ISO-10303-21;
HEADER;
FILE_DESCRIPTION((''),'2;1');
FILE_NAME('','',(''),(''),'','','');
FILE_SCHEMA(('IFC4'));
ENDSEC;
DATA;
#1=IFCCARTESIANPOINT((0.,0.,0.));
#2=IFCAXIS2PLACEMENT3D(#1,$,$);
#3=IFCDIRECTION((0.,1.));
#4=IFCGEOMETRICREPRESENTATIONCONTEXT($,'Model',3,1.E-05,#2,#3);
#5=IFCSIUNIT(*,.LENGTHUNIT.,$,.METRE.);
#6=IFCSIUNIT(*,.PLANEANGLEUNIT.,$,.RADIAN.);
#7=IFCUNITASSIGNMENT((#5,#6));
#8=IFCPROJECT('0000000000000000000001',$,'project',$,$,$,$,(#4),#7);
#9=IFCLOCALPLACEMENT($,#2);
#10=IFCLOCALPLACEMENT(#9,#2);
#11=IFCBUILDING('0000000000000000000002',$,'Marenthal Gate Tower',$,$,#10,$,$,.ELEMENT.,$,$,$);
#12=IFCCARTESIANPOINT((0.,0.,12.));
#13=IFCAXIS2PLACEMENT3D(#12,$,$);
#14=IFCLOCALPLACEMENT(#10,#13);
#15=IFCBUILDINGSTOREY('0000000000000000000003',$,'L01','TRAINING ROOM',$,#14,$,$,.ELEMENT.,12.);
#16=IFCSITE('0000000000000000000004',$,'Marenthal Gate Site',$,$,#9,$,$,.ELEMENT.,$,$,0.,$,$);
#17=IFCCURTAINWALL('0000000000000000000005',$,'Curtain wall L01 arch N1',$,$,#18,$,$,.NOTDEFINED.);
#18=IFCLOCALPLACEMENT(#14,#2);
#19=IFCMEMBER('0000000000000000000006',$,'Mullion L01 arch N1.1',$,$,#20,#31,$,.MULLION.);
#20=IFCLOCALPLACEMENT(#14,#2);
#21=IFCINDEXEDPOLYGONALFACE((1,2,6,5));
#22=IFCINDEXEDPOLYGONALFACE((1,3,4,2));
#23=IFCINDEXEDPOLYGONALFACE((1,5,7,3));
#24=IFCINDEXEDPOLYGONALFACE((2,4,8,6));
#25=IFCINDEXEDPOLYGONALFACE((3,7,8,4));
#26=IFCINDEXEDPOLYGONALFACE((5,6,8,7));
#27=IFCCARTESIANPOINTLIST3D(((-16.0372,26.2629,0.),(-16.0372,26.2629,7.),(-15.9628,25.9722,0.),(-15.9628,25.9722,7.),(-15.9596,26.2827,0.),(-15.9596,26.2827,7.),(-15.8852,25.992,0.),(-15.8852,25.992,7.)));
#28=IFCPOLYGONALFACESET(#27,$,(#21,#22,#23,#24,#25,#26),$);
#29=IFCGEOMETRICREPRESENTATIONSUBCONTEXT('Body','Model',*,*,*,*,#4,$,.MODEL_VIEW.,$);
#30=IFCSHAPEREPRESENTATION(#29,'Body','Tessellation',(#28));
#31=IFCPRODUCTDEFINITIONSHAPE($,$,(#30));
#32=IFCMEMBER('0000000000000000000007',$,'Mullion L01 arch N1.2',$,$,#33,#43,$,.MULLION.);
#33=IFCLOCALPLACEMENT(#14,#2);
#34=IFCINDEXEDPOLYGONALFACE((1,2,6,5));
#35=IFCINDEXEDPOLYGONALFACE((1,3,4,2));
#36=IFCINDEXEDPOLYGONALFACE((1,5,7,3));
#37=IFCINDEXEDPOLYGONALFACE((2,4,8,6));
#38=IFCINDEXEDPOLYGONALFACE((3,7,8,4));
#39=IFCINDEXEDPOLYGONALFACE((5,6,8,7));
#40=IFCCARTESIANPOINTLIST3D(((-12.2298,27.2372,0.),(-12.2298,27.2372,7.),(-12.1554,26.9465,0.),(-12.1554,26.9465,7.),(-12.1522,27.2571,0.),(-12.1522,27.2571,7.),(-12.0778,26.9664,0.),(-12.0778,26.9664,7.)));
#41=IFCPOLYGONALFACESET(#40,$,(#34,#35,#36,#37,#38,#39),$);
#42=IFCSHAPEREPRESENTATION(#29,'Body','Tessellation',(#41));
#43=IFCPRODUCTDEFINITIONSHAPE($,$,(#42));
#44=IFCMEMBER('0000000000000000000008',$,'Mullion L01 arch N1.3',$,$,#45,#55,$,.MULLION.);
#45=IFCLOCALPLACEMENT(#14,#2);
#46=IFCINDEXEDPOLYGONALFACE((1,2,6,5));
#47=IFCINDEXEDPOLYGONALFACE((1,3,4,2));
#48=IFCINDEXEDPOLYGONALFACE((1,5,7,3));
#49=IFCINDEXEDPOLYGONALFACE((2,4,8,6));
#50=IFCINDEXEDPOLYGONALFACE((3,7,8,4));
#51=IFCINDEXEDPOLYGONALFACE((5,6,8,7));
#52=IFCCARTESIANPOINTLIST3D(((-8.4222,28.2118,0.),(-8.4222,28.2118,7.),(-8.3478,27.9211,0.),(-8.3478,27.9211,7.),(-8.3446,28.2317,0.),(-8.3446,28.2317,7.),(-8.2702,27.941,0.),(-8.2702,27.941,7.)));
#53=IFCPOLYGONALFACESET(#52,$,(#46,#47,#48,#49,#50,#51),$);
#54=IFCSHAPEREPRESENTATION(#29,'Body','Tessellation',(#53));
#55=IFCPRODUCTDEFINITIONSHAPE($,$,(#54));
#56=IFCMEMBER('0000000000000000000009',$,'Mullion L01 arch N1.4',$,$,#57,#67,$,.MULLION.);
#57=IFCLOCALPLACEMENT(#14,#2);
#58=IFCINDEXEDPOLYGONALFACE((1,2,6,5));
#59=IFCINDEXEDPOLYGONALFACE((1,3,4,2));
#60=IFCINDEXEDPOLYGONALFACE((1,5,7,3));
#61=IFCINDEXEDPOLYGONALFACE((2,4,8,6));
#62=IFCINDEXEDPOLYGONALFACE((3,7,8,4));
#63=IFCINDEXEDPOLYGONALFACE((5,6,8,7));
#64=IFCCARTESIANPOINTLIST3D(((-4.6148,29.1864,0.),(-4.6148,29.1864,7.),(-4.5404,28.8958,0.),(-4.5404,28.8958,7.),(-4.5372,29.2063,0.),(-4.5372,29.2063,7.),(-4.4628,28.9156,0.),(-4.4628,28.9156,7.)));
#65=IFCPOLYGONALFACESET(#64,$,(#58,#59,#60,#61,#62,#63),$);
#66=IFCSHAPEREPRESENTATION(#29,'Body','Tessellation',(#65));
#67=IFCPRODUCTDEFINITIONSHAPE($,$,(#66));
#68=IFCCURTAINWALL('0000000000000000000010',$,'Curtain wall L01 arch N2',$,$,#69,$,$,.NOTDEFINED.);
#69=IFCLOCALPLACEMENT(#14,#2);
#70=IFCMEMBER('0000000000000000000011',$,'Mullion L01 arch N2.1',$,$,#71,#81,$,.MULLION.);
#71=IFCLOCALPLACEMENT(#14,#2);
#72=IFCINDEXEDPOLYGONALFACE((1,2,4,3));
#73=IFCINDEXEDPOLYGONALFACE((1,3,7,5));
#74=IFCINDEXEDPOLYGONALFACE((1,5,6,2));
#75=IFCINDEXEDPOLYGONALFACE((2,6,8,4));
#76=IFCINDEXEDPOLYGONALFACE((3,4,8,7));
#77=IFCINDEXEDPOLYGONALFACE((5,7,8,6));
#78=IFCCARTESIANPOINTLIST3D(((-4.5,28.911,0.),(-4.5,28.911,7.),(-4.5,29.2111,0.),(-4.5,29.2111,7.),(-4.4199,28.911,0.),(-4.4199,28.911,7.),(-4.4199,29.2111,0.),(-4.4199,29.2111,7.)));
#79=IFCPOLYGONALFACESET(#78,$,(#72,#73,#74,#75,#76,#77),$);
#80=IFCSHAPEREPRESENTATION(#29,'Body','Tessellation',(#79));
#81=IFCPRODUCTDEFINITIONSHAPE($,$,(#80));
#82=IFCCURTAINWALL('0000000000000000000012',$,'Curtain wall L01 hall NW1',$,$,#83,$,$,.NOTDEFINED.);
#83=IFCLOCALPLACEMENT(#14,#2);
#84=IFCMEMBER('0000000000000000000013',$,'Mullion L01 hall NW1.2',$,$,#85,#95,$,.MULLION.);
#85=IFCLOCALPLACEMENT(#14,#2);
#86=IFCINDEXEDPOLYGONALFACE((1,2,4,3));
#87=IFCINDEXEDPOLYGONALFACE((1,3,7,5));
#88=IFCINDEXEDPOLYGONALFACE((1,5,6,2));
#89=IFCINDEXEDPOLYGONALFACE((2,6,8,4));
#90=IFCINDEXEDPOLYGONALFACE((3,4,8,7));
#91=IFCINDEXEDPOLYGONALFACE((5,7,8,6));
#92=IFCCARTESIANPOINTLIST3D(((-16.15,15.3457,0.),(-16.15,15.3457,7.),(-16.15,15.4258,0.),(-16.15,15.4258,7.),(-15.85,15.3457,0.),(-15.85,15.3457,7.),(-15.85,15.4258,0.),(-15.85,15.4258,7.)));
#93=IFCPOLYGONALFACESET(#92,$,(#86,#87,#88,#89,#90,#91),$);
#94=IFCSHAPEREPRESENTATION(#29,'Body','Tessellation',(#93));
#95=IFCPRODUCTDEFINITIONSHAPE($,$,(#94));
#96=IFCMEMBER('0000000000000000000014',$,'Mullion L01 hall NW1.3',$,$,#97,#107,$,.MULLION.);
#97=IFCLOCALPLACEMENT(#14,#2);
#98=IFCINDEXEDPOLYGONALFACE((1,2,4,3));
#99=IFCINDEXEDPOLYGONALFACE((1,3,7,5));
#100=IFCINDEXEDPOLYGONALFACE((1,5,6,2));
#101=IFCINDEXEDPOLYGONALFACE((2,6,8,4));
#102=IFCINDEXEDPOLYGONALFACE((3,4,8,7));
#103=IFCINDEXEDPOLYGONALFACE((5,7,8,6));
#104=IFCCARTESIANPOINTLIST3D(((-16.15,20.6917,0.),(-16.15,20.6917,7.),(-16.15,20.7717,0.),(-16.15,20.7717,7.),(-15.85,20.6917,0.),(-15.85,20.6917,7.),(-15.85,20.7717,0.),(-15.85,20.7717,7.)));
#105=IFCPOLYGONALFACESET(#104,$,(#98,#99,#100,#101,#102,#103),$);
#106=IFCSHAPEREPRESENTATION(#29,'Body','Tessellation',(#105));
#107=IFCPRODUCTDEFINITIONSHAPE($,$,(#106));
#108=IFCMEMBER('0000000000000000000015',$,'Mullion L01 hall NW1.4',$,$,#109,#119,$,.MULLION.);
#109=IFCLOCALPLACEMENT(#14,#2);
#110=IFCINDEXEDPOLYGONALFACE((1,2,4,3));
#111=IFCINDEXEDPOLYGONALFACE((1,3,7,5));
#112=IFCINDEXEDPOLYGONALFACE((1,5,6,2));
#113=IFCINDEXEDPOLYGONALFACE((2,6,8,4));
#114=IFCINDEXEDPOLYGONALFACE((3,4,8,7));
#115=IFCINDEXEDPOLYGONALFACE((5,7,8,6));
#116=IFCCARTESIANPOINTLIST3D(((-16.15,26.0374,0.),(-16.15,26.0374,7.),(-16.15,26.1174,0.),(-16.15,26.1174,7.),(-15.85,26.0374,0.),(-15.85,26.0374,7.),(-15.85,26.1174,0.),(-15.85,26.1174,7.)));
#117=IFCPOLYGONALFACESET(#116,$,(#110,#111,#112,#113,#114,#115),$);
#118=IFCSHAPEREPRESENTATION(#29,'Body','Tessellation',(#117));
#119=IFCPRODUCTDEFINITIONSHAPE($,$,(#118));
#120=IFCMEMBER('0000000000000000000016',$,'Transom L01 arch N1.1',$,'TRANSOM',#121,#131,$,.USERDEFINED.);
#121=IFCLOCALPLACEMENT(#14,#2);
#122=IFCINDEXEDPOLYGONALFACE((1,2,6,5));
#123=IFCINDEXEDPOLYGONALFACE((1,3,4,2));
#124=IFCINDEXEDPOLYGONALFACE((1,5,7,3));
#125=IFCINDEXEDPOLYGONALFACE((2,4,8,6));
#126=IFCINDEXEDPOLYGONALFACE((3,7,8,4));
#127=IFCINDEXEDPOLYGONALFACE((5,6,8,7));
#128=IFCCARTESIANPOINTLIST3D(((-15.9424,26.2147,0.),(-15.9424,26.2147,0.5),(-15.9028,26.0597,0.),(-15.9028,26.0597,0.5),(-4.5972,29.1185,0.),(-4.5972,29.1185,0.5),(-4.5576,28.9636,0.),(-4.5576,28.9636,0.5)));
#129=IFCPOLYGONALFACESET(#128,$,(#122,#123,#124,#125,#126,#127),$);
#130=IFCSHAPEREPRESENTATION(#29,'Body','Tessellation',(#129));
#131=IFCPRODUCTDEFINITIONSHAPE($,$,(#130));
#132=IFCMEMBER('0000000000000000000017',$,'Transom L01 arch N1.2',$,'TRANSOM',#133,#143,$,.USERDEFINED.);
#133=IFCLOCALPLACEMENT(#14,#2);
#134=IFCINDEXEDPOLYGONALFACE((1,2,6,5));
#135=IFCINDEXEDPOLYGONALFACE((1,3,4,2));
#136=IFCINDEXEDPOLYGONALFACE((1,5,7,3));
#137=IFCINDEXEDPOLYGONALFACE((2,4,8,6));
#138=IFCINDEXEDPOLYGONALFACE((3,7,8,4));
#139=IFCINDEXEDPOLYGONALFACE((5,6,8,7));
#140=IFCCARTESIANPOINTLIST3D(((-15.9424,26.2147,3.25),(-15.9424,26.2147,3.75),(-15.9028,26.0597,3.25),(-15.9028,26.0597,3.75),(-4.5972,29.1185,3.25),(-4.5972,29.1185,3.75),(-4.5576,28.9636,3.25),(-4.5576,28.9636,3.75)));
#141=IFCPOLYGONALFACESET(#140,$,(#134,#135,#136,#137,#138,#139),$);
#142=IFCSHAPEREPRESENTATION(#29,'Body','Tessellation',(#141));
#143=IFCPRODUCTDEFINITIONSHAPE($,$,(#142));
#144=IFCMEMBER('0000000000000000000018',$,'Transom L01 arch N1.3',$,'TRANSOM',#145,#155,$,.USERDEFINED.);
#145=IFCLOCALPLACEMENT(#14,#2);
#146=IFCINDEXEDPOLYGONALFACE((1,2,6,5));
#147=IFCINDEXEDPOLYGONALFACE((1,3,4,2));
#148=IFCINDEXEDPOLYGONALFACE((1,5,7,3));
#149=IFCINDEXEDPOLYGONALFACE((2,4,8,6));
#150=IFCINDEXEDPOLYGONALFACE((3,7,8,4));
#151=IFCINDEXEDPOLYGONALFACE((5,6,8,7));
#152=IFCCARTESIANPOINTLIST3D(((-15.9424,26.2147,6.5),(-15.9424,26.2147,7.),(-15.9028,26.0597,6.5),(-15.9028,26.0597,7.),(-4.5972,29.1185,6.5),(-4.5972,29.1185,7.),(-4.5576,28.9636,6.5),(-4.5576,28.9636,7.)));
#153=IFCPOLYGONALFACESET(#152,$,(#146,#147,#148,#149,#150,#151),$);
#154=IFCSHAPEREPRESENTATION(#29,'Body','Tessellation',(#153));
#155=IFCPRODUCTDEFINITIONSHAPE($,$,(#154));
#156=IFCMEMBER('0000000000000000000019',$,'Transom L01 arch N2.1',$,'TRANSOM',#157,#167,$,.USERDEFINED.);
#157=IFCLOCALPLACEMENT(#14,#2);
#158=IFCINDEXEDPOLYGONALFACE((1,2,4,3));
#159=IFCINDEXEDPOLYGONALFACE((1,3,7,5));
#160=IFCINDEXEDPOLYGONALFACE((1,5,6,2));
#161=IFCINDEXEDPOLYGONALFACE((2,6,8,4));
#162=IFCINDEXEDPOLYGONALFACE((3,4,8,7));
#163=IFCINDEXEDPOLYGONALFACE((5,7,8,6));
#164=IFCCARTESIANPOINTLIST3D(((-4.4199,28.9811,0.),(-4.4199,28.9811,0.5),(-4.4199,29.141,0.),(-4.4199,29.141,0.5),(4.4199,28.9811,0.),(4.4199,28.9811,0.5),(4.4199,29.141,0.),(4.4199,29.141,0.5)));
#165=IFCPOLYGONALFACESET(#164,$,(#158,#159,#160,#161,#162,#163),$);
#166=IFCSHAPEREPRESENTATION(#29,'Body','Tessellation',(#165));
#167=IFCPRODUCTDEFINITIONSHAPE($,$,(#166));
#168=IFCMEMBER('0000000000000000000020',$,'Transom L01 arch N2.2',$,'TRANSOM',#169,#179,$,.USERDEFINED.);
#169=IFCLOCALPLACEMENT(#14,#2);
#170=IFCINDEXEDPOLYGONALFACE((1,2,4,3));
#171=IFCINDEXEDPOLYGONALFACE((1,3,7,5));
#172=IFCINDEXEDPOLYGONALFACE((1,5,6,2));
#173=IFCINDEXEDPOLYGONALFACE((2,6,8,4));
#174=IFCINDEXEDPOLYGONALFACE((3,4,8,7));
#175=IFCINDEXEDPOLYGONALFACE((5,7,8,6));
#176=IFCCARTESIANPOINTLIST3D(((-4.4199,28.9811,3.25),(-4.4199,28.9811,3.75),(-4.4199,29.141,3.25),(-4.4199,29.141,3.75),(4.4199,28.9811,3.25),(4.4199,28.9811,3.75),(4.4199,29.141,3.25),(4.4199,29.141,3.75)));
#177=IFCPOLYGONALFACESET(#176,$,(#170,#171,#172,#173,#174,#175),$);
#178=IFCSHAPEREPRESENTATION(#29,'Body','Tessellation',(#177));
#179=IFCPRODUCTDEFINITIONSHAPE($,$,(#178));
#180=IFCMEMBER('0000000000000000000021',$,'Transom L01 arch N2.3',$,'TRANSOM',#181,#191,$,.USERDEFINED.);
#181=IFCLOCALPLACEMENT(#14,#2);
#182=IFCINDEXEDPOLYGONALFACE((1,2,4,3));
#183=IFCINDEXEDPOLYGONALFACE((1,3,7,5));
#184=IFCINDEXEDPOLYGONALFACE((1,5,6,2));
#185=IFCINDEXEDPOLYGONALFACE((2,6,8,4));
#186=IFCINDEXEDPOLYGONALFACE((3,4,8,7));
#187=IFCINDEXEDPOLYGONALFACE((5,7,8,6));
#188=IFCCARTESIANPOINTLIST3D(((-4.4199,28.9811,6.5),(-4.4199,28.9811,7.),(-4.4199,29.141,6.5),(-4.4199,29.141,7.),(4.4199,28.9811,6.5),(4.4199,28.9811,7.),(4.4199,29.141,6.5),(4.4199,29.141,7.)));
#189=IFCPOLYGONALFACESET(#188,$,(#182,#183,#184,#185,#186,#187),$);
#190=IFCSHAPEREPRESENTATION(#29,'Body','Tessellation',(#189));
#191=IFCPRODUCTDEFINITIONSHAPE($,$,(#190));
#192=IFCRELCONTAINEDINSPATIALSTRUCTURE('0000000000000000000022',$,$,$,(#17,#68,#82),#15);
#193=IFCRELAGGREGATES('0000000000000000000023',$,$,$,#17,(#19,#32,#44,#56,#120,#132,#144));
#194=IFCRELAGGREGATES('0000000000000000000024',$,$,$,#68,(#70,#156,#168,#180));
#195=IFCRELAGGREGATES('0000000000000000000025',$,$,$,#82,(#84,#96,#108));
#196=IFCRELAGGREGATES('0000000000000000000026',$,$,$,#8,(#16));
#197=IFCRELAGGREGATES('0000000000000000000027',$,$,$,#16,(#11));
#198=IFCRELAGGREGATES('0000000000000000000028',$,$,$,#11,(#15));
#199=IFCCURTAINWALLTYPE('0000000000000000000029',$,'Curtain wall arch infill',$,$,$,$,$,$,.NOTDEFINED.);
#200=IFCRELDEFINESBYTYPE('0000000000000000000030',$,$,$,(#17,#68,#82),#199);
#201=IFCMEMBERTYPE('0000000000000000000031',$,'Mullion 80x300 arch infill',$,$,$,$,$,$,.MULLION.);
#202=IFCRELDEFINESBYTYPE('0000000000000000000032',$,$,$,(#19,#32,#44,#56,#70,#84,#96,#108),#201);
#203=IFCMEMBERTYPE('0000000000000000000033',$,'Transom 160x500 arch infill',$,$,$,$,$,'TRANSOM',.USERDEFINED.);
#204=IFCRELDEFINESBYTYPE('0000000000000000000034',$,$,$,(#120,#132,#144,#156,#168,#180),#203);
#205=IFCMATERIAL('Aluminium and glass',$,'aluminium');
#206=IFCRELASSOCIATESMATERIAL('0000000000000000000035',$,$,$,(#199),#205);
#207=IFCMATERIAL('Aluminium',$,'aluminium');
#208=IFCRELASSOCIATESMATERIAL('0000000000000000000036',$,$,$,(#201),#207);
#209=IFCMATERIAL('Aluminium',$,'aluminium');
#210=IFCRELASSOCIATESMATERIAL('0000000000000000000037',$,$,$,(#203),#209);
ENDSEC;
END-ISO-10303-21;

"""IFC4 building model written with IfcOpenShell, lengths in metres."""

from ifc_helpers import new_model, si_unit, direction, frame, origin, origin_2d, place, context, subcontext, project, spatial, rectangle, extrude, material, material_profile, profile_set, type_object, element, aggregate, save


model = new_model("IFC4")

# Units and contexts
model_context = context("Model", 3, precision=1e-05, world=origin(), true_north=direction((0.0, 1.0)))
body_context = subcontext(model_context, "Body", "Model", "MODEL_VIEW")
ifc_project = project(units=[si_unit("LENGTHUNIT", "METRE"), si_unit("PLANEANGLEUNIT", "RADIAN")], contexts=[model_context])

# Site, building, storey
site_placement = place(None, origin())
site = spatial("IfcSite", under=ifc_project, at=site_placement, Name="Marenthal Gate Site", CompositionType="ELEMENT", RefElevation=0.0)
building_placement = place(site_placement, origin())
building = spatial("IfcBuilding", under=site, at=building_placement, Name="Marenthal Gate Tower", CompositionType="ELEMENT")
storey_placement = place(building_placement, frame((0.0, 0.0, 12.0)))
storey = spatial("IfcBuildingStorey", under=building, at=storey_placement, Name="L01", Description="TRAINING ROOM", CompositionType="ELEMENT", Elevation=12.0)

# Curtain wall, members
ifc_material_1 = material(Name="Aluminium and glass", Category="aluminium")
curtain_wall_type = type_object("IfcCurtainWallType", Name="Curtain wall arch infill", PredefinedType="NOTDEFINED", material=ifc_material_1)
curtain_wall_1_placement = place(storey_placement, origin())
curtain_wall_1 = element("IfcCurtainWall", 1, at=curtain_wall_1_placement, inside=storey, type_object=curtain_wall_type, Name="Curtain wall L01 arch N1", PredefinedType="NOTDEFINED")
ifc_material_2 = material(Name="Aluminium", Category="aluminium")
ifc_material_profile_1 = material_profile(ifc_material_2, rectangle(XDim=0.3, YDim=0.0801, at=origin_2d()), Name="80x300 aluminium mullion")
ifc_profile_set_1 = profile_set([ifc_material_profile_1], Name="Aluminium")
member_type_1 = type_object("IfcMemberType", Name="Mullion 80x300 arch infill", PredefinedType="MULLION", material=ifc_profile_set_1)
member_1_placement = place(storey_placement, frame((-15.9612, 26.1274, 0.0), z_axis=(0.0, 0.0, 1.0), x_axis=(-0.247965, 0.968769, 0.0)))
member_1 = element("IfcMember", 2, at=member_1_placement, type_object=member_type_1, Name="Mullion L01 arch N1.1", PredefinedType="MULLION", context=body_context, shape_type="SweptSolid", body=[
    extrude(rectangle(XDim=0.3, YDim=0.0801, at=origin_2d()), origin(), (0.0, 0.0, 1.0), 7.0),
])
member_2_placement = place(storey_placement, frame((-12.1538, 27.1018, 0.0), z_axis=(0.0, 0.0, 1.0), x_axis=(-0.247965, 0.968769, 0.0)))
member_2 = element("IfcMember", 3, at=member_2_placement, type_object=member_type_1, Name="Mullion L01 arch N1.2", PredefinedType="MULLION", context=body_context, shape_type="SweptSolid", body=[
    extrude(rectangle(XDim=0.3, YDim=0.0801, at=origin_2d()), origin(), (0.0, 0.0, 1.0), 7.0),
])
member_3_placement = place(storey_placement, frame((-8.3462, 28.0764, 0.0), z_axis=(0.0, 0.0, 1.0), x_axis=(-0.247965, 0.968769, 0.0)))
member_3 = element("IfcMember", 4, at=member_3_placement, type_object=member_type_1, Name="Mullion L01 arch N1.3", PredefinedType="MULLION", context=body_context, shape_type="SweptSolid", body=[
    extrude(rectangle(XDim=0.3, YDim=0.0801, at=origin_2d()), origin(), (0.0, 0.0, 1.0), 7.0),
])
member_4_placement = place(storey_placement, frame((-4.5388, 29.051, 0.0), z_axis=(0.0, 0.0, 1.0), x_axis=(-0.247965, 0.968769, 0.0)))
member_4 = element("IfcMember", 5, at=member_4_placement, type_object=member_type_1, Name="Mullion L01 arch N1.4", PredefinedType="MULLION", context=body_context, shape_type="SweptSolid", body=[
    extrude(rectangle(XDim=0.3, YDim=0.0801, at=origin_2d()), origin(), (0.0, 0.0, 1.0), 7.0),
])

# Curtain wall, member
curtain_wall_2_placement = place(storey_placement, origin())
curtain_wall_2 = element("IfcCurtainWall", 6, at=curtain_wall_2_placement, inside=storey, type_object=curtain_wall_type, Name="Curtain wall L01 arch N2", PredefinedType="NOTDEFINED")
member_5_placement = place(storey_placement, frame((-4.46, 29.061, 0.0), z_axis=(0.0, 0.0, 1.0), x_axis=(0.0, 1.0, 0.0)))
member_5 = element("IfcMember", 7, at=member_5_placement, type_object=member_type_1, Name="Mullion L01 arch N2.1", PredefinedType="MULLION", context=body_context, shape_type="SweptSolid", body=[
    extrude(rectangle(XDim=0.3, YDim=0.0801, at=origin_2d()), origin(), (0.0, 0.0, 1.0), 7.0),
])

# Curtain wall, members
curtain_wall_3_placement = place(storey_placement, origin())
curtain_wall_3 = element("IfcCurtainWall", 8, at=curtain_wall_3_placement, inside=storey, type_object=curtain_wall_type, Name="Curtain wall L01 hall NW1", PredefinedType="NOTDEFINED")
member_6_placement = place(storey_placement, frame((-16.0, 15.3857, 0.0), z_axis=(0.0, 0.0, 1.0), x_axis=(-1.0, 0.0, 0.0)))
member_6 = element("IfcMember", 9, at=member_6_placement, type_object=member_type_1, Name="Mullion L01 hall NW1.2", PredefinedType="MULLION", context=body_context, shape_type="SweptSolid", body=[
    extrude(rectangle(XDim=0.3, YDim=0.0801, at=origin_2d()), origin(), (0.0, 0.0, 1.0), 7.0),
])
member_7_placement = place(storey_placement, frame((-16.0, 20.7317, 0.0), z_axis=(0.0, 0.0, 1.0), x_axis=(-1.0, 0.0, 0.0)))
member_7 = element("IfcMember", 10, at=member_7_placement, type_object=member_type_1, Name="Mullion L01 hall NW1.3", PredefinedType="MULLION", context=body_context, shape_type="SweptSolid", body=[
    extrude(rectangle(XDim=0.3, YDim=0.0801, at=origin_2d()), origin(), (0.0, 0.0, 1.0), 7.0),
])
member_8_placement = place(storey_placement, frame((-16.0, 26.0774, 0.0), z_axis=(0.0, 0.0, 1.0), x_axis=(-1.0, 0.0, 0.0)))
member_8 = element("IfcMember", 11, at=member_8_placement, type_object=member_type_1, Name="Mullion L01 hall NW1.4", PredefinedType="MULLION", context=body_context, shape_type="SweptSolid", body=[
    extrude(rectangle(XDim=0.3, YDim=0.0801, at=origin_2d()), origin(), (0.0, 0.0, 1.0), 7.0),
])

# Members
ifc_material_3 = material(Name="Aluminium", Category="aluminium")
ifc_material_profile_2 = material_profile(ifc_material_3, rectangle(XDim=0.1599, YDim=0.5, at=origin_2d()), Name="160x500 aluminium transom")
ifc_profile_set_2 = profile_set([ifc_material_profile_2], Name="Aluminium")
member_type_2 = type_object("IfcMemberType", Name="Transom 160x500 arch infill", ElementType="TRANSOM", PredefinedType="USERDEFINED", material=ifc_profile_set_2)
member_9_placement = place(storey_placement, frame((-15.9226, 26.1372, 0.25), z_axis=(0.968771, 0.247957, 0.0), x_axis=(-0.247957, 0.968771, 0.0)))
member_9 = element("IfcMember", 12, at=member_9_placement, type_object=member_type_2, Name="Transom L01 arch N1.1", ObjectType="TRANSOM", PredefinedType="USERDEFINED", context=body_context, shape_type="SweptSolid", body=[
    extrude(rectangle(XDim=0.1599, YDim=0.5, at=origin_2d()), origin(), (0.0, 0.0, 1.0), 11.7109),
])
member_10_placement = place(storey_placement, frame((-15.9226, 26.1372, 3.5), z_axis=(0.968771, 0.247957, 0.0), x_axis=(-0.247957, 0.968771, 0.0)))
member_10 = element("IfcMember", 13, at=member_10_placement, type_object=member_type_2, Name="Transom L01 arch N1.2", ObjectType="TRANSOM", PredefinedType="USERDEFINED", context=body_context, shape_type="SweptSolid", body=[
    extrude(rectangle(XDim=0.1599, YDim=0.5, at=origin_2d()), origin(), (0.0, 0.0, 1.0), 11.7109),
])
member_11_placement = place(storey_placement, frame((-15.9226, 26.1372, 6.75), z_axis=(0.968771, 0.247957, 0.0), x_axis=(-0.247957, 0.968771, 0.0)))
member_11 = element("IfcMember", 14, at=member_11_placement, type_object=member_type_2, Name="Transom L01 arch N1.3", ObjectType="TRANSOM", PredefinedType="USERDEFINED", context=body_context, shape_type="SweptSolid", body=[
    extrude(rectangle(XDim=0.1599, YDim=0.5, at=origin_2d()), origin(), (0.0, 0.0, 1.0), 11.7109),
])
member_12_placement = place(storey_placement, frame((-4.4199, 29.061, 0.25), z_axis=(1.0, 0.0, 0.0), x_axis=(0.0, 1.0, 0.0)))
member_12 = element("IfcMember", 15, at=member_12_placement, type_object=member_type_2, Name="Transom L01 arch N2.1", ObjectType="TRANSOM", PredefinedType="USERDEFINED", context=body_context, shape_type="SweptSolid", body=[
    extrude(rectangle(XDim=0.1599, YDim=0.5, at=origin_2d()), origin(), (0.0, 0.0, 1.0), 8.8398),
])
member_13_placement = place(storey_placement, frame((-4.4199, 29.061, 3.5), z_axis=(1.0, 0.0, 0.0), x_axis=(0.0, 1.0, 0.0)))
member_13 = element("IfcMember", 16, at=member_13_placement, type_object=member_type_2, Name="Transom L01 arch N2.2", ObjectType="TRANSOM", PredefinedType="USERDEFINED", context=body_context, shape_type="SweptSolid", body=[
    extrude(rectangle(XDim=0.1599, YDim=0.5, at=origin_2d()), origin(), (0.0, 0.0, 1.0), 8.8398),
])
member_14_placement = place(storey_placement, frame((-4.4199, 29.061, 6.75), z_axis=(1.0, 0.0, 0.0), x_axis=(0.0, 1.0, 0.0)))
member_14 = element("IfcMember", 17, at=member_14_placement, type_object=member_type_2, Name="Transom L01 arch N2.3", ObjectType="TRANSOM", PredefinedType="USERDEFINED", context=body_context, shape_type="SweptSolid", body=[
    extrude(rectangle(XDim=0.1599, YDim=0.5, at=origin_2d()), origin(), (0.0, 0.0, 1.0), 8.8398),
])

aggregate(curtain_wall_1, [member_1, member_2, member_3, member_4, member_9, member_10, member_11])
aggregate(curtain_wall_2, [member_5, member_12, member_13, member_14])
aggregate(curtain_wall_3, [member_6, member_7, member_8])

save(model, "model.ifc")
